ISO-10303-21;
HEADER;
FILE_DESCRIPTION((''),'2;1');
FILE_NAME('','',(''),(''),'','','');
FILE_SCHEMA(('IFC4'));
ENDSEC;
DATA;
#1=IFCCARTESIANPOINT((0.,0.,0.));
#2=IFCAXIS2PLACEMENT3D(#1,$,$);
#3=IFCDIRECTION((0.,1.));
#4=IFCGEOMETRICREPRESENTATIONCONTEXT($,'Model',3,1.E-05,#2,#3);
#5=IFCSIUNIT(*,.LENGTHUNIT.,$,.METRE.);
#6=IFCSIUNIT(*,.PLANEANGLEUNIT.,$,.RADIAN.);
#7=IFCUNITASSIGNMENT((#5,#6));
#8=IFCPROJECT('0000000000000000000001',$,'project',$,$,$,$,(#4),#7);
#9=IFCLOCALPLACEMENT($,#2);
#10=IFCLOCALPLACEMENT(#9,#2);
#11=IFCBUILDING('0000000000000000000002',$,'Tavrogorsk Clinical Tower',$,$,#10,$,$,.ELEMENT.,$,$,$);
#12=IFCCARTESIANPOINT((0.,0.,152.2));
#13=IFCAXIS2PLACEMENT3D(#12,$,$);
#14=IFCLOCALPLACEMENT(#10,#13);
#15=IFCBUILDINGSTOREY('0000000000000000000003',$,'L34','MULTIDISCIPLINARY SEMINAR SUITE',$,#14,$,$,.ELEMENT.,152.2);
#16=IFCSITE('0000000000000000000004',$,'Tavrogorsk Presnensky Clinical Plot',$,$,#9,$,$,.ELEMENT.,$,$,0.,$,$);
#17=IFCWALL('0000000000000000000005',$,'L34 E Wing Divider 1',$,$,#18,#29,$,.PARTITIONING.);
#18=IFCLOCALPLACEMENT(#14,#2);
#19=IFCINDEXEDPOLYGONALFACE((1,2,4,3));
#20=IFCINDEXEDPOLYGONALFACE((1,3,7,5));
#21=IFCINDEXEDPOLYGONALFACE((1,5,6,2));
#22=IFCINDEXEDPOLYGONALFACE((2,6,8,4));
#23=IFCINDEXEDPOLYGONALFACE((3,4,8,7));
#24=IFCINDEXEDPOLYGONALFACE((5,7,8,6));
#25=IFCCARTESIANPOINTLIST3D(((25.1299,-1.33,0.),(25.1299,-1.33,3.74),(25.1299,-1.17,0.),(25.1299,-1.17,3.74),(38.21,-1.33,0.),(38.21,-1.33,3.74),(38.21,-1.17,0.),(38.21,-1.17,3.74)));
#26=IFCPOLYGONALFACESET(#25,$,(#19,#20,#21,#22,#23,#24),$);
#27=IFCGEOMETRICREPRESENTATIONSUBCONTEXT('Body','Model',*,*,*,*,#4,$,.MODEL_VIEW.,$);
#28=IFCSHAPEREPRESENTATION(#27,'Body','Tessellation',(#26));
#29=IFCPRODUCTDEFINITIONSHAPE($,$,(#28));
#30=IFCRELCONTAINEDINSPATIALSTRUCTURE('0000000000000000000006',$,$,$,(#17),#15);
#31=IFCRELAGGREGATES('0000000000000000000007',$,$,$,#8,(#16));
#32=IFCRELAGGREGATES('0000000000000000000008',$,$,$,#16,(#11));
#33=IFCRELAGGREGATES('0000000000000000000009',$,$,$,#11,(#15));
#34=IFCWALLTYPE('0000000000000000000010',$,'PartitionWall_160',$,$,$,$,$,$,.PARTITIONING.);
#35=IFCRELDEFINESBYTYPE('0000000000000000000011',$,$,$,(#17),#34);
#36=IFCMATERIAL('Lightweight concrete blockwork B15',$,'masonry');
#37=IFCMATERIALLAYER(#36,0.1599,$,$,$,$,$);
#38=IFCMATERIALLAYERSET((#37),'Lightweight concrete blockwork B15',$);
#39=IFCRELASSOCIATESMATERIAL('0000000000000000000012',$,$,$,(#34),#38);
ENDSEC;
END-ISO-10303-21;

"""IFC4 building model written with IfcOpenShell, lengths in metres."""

from ifc_helpers import new_model, si_unit, direction, frame, frame_2d, origin, place, context, subcontext, project, spatial, rectangle, extrude, material, layer, layer_set, type_object, element, save


model = new_model("IFC4")

# Units and contexts
model_context = context("Model", 3, precision=1e-05, world=origin(), true_north=direction((0.0, 1.0)))
body_context = subcontext(model_context, "Body", "Model", "MODEL_VIEW")
ifc_project = project(units=[si_unit("LENGTHUNIT", "METRE"), si_unit("PLANEANGLEUNIT", "RADIAN")], contexts=[model_context])

# Site, building, storey
site_placement = place(None, origin())
site = spatial("IfcSite", under=ifc_project, at=site_placement, Name="Tavrogorsk Presnensky Clinical Plot", CompositionType="ELEMENT", RefElevation=0.0)
building_placement = place(site_placement, origin())
building = spatial("IfcBuilding", under=site, at=building_placement, Name="Tavrogorsk Clinical Tower", CompositionType="ELEMENT")
storey_placement = place(building_placement, frame((0.0, 0.0, 152.2)))
storey = spatial("IfcBuildingStorey", under=building, at=storey_placement, Name="L34", Description="MULTIDISCIPLINARY SEMINAR SUITE", CompositionType="ELEMENT", Elevation=152.2)

# Shared definitions
ifc_material_1 = material(Name="Lightweight concrete blockwork B15", Category="masonry")
ifc_layer = layer(ifc_material_1, 0.1599)
ifc_layer_set = layer_set([ifc_layer], Name="Lightweight concrete blockwork B15")
wall_type = type_object("IfcWallType", Name="PartitionWall_160", PredefinedType="PARTITIONING", material=ifc_layer_set)

# Wall
wall_1_placement = place(storey_placement, frame((25.1299, -1.25, 0.0), z_axis=(0.0, 0.0, 1.0), x_axis=(1.0, 0.0, 0.0)))
element("IfcWall", 1, at=wall_1_placement, inside=storey, type_object=wall_type, Name="L34 E Wing Divider 1", PredefinedType="PARTITIONING", context=body_context, shape_type="SweptSolid", body=[
    extrude(rectangle(XDim=13.0801, YDim=0.1599, at=frame_2d((6.54, 0.0))), origin(), (0.0, 0.0, 1.0), 3.74),
])

save(model, "model.ifc")
